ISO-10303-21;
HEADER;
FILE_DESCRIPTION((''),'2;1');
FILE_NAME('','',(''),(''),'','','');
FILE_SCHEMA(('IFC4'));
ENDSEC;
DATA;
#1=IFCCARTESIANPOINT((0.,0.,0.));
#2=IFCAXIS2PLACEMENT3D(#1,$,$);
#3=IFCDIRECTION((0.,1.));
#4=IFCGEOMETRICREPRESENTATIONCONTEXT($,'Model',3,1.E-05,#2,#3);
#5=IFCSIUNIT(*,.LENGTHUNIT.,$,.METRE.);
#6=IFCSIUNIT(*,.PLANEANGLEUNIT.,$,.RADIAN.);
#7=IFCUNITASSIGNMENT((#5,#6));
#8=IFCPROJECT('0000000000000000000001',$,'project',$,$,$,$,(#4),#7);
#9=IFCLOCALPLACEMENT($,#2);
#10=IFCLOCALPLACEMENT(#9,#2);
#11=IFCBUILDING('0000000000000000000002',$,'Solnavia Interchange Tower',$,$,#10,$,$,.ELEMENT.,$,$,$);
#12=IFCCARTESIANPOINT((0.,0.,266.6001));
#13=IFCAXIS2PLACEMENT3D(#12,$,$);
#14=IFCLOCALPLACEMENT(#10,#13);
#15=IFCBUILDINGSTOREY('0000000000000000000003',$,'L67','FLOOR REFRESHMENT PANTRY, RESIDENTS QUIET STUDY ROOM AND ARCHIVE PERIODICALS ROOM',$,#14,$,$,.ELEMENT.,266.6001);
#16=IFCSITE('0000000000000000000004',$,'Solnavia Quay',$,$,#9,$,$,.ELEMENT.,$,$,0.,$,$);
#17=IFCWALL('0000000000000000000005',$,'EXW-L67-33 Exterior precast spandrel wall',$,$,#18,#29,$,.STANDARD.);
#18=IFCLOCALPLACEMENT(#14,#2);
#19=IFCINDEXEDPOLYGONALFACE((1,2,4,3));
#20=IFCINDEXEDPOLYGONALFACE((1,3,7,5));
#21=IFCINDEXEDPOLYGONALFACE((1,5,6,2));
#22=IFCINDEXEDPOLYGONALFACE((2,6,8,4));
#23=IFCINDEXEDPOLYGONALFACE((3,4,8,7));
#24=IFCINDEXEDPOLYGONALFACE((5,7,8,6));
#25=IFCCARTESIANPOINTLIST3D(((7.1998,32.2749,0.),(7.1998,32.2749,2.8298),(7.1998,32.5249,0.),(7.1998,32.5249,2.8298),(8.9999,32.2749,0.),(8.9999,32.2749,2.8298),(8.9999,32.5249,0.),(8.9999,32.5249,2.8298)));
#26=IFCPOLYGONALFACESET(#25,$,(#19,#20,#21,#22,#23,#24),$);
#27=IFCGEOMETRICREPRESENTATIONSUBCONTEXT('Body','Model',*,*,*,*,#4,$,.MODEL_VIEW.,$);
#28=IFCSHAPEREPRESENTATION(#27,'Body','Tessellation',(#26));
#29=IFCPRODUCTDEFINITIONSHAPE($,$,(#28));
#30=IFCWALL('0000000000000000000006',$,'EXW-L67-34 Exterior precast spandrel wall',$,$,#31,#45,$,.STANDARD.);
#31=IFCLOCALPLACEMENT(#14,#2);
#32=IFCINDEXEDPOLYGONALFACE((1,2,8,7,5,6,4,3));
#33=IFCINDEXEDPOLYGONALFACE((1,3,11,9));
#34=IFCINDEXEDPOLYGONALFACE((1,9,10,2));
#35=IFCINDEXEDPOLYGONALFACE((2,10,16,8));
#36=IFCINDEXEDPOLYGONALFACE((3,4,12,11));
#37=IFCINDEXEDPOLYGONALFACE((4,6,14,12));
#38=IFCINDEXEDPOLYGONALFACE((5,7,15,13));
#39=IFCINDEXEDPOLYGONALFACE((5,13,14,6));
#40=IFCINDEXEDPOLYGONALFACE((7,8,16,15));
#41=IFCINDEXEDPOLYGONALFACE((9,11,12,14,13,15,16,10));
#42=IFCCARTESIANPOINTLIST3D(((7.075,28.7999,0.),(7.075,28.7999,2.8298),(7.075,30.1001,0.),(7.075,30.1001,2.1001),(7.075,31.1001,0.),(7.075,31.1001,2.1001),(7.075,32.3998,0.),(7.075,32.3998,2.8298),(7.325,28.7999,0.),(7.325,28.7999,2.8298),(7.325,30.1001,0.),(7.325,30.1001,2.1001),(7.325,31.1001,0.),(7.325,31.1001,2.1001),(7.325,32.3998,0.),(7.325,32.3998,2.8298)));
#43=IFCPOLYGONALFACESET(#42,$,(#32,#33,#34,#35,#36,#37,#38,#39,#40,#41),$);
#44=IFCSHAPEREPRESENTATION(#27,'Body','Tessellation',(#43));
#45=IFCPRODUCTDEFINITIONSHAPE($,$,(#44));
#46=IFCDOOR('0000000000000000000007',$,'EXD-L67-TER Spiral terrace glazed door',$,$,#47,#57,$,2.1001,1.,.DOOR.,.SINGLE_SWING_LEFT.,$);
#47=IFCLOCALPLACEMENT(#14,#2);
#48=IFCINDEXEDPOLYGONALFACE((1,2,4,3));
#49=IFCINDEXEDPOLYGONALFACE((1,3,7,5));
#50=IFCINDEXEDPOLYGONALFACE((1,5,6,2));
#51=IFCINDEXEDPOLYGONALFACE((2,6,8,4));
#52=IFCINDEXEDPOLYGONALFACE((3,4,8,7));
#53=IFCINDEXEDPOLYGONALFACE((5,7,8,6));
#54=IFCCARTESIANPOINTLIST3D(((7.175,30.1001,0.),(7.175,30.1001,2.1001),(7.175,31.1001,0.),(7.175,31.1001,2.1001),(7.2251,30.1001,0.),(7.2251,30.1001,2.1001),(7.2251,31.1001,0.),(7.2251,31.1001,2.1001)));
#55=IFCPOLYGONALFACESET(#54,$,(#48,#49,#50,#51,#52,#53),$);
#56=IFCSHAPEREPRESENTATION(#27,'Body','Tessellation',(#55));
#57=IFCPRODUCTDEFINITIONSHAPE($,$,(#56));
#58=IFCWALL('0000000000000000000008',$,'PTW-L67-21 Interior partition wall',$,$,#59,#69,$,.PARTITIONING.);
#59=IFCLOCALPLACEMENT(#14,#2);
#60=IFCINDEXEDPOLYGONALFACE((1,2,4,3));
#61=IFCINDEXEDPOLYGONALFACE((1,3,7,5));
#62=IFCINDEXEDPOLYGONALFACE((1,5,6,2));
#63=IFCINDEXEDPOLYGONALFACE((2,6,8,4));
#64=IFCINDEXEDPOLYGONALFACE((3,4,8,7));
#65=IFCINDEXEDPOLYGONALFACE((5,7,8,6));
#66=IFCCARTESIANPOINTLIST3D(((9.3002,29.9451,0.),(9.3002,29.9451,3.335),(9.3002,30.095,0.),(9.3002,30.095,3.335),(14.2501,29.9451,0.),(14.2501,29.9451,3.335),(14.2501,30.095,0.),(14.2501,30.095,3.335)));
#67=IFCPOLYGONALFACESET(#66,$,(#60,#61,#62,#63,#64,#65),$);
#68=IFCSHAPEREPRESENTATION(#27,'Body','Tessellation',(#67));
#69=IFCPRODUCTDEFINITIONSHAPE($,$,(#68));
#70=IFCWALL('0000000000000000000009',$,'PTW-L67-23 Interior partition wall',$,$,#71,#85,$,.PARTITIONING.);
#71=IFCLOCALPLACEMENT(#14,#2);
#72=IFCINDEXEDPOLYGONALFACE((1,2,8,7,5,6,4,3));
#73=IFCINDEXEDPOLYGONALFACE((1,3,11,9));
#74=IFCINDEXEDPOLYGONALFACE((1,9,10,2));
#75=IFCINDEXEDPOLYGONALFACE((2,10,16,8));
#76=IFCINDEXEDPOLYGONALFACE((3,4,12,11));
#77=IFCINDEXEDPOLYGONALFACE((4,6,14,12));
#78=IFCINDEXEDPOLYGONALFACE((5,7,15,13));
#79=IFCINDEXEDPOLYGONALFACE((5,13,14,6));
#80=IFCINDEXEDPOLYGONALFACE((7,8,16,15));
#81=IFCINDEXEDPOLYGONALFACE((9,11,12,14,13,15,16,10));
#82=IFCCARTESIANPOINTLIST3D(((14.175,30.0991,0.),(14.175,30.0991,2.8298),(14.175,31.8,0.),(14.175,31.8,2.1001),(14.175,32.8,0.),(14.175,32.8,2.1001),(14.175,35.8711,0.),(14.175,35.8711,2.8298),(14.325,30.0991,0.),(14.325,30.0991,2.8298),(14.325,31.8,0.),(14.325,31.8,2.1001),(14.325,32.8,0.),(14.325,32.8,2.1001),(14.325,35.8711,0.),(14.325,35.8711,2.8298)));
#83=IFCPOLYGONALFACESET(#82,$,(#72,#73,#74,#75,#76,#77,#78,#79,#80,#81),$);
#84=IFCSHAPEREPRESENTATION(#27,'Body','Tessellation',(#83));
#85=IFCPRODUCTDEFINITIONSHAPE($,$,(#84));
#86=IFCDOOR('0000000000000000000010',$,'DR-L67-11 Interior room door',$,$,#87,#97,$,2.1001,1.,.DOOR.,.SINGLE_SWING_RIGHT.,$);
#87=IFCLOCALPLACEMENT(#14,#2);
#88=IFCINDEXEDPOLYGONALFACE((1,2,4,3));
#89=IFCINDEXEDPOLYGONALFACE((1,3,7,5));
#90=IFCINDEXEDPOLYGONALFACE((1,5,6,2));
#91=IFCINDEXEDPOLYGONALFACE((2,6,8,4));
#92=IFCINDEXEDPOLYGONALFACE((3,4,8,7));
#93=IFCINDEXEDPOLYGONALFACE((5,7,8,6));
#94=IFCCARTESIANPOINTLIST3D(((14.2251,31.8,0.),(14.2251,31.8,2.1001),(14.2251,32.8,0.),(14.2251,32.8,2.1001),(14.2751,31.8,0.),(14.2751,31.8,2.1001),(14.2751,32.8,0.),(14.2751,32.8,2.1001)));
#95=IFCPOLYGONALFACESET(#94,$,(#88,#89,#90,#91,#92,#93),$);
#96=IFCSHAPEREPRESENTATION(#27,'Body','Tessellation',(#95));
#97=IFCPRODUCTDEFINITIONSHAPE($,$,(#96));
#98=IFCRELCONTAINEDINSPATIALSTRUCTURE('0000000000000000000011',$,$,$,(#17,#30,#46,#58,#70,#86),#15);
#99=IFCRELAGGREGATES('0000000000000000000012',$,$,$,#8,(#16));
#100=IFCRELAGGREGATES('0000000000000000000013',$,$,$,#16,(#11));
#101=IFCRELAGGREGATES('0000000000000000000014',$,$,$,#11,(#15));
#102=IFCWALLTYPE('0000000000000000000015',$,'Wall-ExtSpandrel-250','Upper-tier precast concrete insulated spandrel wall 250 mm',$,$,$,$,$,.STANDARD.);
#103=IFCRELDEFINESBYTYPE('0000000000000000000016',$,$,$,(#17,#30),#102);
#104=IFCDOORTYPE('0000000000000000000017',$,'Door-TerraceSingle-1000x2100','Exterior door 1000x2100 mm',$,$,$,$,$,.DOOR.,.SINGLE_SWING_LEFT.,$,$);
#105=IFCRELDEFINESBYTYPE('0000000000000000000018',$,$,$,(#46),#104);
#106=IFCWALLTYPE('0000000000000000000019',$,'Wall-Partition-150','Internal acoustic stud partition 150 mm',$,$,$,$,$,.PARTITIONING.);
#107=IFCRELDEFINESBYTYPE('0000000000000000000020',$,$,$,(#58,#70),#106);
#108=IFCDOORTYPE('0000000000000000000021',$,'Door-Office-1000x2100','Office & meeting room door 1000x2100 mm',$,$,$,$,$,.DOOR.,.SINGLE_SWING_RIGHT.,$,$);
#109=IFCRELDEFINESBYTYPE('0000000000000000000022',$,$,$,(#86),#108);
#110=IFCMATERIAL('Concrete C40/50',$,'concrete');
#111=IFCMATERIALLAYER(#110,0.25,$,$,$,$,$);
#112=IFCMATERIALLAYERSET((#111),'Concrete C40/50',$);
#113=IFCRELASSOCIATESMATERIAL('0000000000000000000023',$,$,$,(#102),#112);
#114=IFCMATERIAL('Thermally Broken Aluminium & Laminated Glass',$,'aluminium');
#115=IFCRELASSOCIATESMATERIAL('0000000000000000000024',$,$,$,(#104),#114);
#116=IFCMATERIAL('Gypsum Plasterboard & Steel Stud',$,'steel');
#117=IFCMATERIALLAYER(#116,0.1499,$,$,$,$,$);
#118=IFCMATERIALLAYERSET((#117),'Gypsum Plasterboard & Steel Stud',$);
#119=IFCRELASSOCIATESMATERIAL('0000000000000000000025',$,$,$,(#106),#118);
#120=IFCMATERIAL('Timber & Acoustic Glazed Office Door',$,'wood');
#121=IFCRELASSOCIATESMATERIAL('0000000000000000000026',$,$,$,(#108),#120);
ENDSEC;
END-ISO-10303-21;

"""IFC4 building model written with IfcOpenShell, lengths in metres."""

from ifc_helpers import new_model, si_unit, direction, frame, frame_2d, origin, place, context, subcontext, project, spatial, rectangle, extrude, material, layer, layer_set, type_object, element, fill, save


model = new_model("IFC4")

# Units and contexts
model_context = context("Model", 3, precision=1e-05, world=origin(), true_north=direction((0.0, 1.0)))
body_context = subcontext(model_context, "Body", "Model", "MODEL_VIEW")
ifc_project = project(units=[si_unit("LENGTHUNIT", "METRE"), si_unit("PLANEANGLEUNIT", "RADIAN")], contexts=[model_context])

# Site, building, storey
site_placement = place(None, origin())
site = spatial("IfcSite", under=ifc_project, at=site_placement, Name="Solnavia Quay", CompositionType="ELEMENT", RefElevation=0.0)
building_placement = place(site_placement, origin())
building = spatial("IfcBuilding", under=site, at=building_placement, Name="Solnavia Interchange Tower", CompositionType="ELEMENT")
storey_placement = place(building_placement, frame((0.0, 0.0, 266.6001)))
storey = spatial("IfcBuildingStorey", under=building, at=storey_placement, Name="L67", Description="FLOOR REFRESHMENT PANTRY, RESIDENTS QUIET STUDY ROOM AND ARCHIVE PERIODICALS ROOM", CompositionType="ELEMENT", Elevation=266.6001)

# Shared definitions
ifc_material_1 = material(Name="Concrete C40/50", Category="concrete")
ifc_layer_1 = layer(ifc_material_1, 0.25)
ifc_layer_set_1 = layer_set([ifc_layer_1], Name="Concrete C40/50")
wall_type_1 = type_object("IfcWallType", Name="Wall-ExtSpandrel-250", Description="Upper-tier precast concrete insulated spandrel wall 250 mm", PredefinedType="STANDARD", material=ifc_layer_set_1)

# Wall
wall_1_placement = place(storey_placement, frame((7.2, 32.3999, 0.0), z_axis=(0.0, 0.0, 1.0), x_axis=(1.0, 0.0, 0.0)))
element("IfcWall", 1, at=wall_1_placement, inside=storey, type_object=wall_type_1, Name="EXW-L67-33 Exterior precast spandrel wall", PredefinedType="STANDARD", context=body_context, shape_type="SweptSolid", body=[
    extrude(rectangle(XDim=1.8, YDim=0.25, at=frame_2d((0.8999, 0.0))), origin(), (0.0, 0.0, 1.0), 2.8298),
])

# Wall, opening, door
wall_2_placement = place(storey_placement, frame((7.2, 28.8, 0.0), z_axis=(0.0, 0.0, 1.0), x_axis=(0.0, 1.0, 0.0)))
wall_2 = element("IfcWall", 2, at=wall_2_placement, inside=storey, type_object=wall_type_1, Name="EXW-L67-34 Exterior precast spandrel wall", PredefinedType="STANDARD", context=body_context, shape_type="SweptSolid", body=[
    extrude(rectangle(XDim=3.5999, YDim=0.25, at=frame_2d((1.7998, 0.0))), origin(), (0.0, 0.0, 1.0), 2.8298),
])
opening_1_placement = place(wall_2_placement, frame((1.3, 0.0, 0.0)))
opening_1 = element("IfcOpeningElement", 3, at=opening_1_placement, cuts=wall_2, PredefinedType="OPENING", context=body_context, shape_type="SweptSolid", body=[
    extrude(rectangle(XDim=1.0, YDim=2.1001, at=frame_2d((0.5, 1.05))), frame((0.0, 0.135, 0.0), z_axis=(0.0, -1.0, 0.0), x_axis=(1.0, 0.0, 0.0)), (0.0, 0.0, 1.0), 0.27),
])
ifc_material_2 = material(Name="Thermally Broken Aluminium & Laminated Glass", Category="aluminium")
door_type_1 = type_object("IfcDoorType", Name="Door-TerraceSingle-1000x2100", Description="Exterior door 1000x2100 mm", OperationType="SINGLE_SWING_LEFT", PredefinedType="DOOR", material=ifc_material_2)
door_1_placement = place(opening_1_placement, origin())
door_1 = element("IfcDoor", 4, at=door_1_placement, inside=storey, type_object=door_type_1, Name="EXD-L67-TER Spiral terrace glazed door", OperationType="SINGLE_SWING_LEFT", OverallHeight=2.1001, OverallWidth=1.0, PredefinedType="DOOR", context=body_context, shape_type="SweptSolid", body=[
    extrude(rectangle(XDim=1.0, YDim=2.1001, at=frame_2d((0.5, 1.05))), frame((0.0, 0.0249, 0.0), z_axis=(0.0, -1.0, 0.0), x_axis=(1.0, 0.0, 0.0)), (0.0, 0.0, 1.0), 0.05),
])
fill(opening_1, door_1)

# Wall
ifc_material_3 = material(Name="Gypsum Plasterboard & Steel Stud", Category="steel")
ifc_layer_2 = layer(ifc_material_3, 0.1499)
ifc_layer_set_2 = layer_set([ifc_layer_2], Name="Gypsum Plasterboard & Steel Stud")
wall_type_2 = type_object("IfcWallType", Name="Wall-Partition-150", Description="Internal acoustic stud partition 150 mm", PredefinedType="PARTITIONING", material=ifc_layer_set_2)
wall_3_placement = place(storey_placement, frame((9.3, 30.02, 0.0), z_axis=(0.0, 0.0, 1.0), x_axis=(1.0, 0.0, 0.0)))
element("IfcWall", 5, at=wall_3_placement, inside=storey, type_object=wall_type_2, Name="PTW-L67-21 Interior partition wall", PredefinedType="PARTITIONING", context=body_context, shape_type="SweptSolid", body=[
    extrude(rectangle(XDim=4.95, YDim=0.1499, at=frame_2d((2.4751, 0.0))), origin(), (0.0, 0.0, 1.0), 3.335),
])

# Wall, opening, door
wall_4_placement = place(storey_placement, frame((14.25, 30.0991, 0.0), z_axis=(0.0, 0.0, 1.0), x_axis=(0.0, 1.0, 0.0)))
wall_4 = element("IfcWall", 6, at=wall_4_placement, inside=storey, type_object=wall_type_2, Name="PTW-L67-23 Interior partition wall", PredefinedType="PARTITIONING", context=body_context, shape_type="SweptSolid", body=[
    extrude(rectangle(XDim=5.772, YDim=0.1499, at=frame_2d((2.886, 0.0))), origin(), (0.0, 0.0, 1.0), 2.8298),
])
opening_2_placement = place(wall_4_placement, frame((1.7009, 0.0, 0.0)))
opening_2 = element("IfcOpeningElement", 7, at=opening_2_placement, cuts=wall_4, PredefinedType="OPENING", context=body_context, shape_type="SweptSolid", body=[
    extrude(rectangle(XDim=1.0, YDim=2.1001, at=frame_2d((0.5, 1.05))), frame((0.0, 0.085, 0.0), z_axis=(0.0, -1.0, 0.0), x_axis=(1.0, 0.0, 0.0)), (0.0, 0.0, 1.0), 0.1699),
])
ifc_material_4 = material(Name="Timber & Acoustic Glazed Office Door", Category="wood")
door_type_2 = type_object("IfcDoorType", Name="Door-Office-1000x2100", Description="Office & meeting room door 1000x2100 mm", OperationType="SINGLE_SWING_RIGHT", PredefinedType="DOOR", material=ifc_material_4)
door_2_placement = place(opening_2_placement, origin())
door_2 = element("IfcDoor", 8, at=door_2_placement, inside=storey, type_object=door_type_2, Name="DR-L67-11 Interior room door", OperationType="SINGLE_SWING_RIGHT", OverallHeight=2.1001, OverallWidth=1.0, PredefinedType="DOOR", context=body_context, shape_type="SweptSolid", body=[
    extrude(rectangle(XDim=1.0, YDim=2.1001, at=frame_2d((0.5, 1.05))), frame((0.0, 0.0249, 0.0), z_axis=(0.0, -1.0, 0.0), x_axis=(1.0, 0.0, 0.0)), (0.0, 0.0, 1.0), 0.05),
])
fill(opening_2, door_2)

save(model, "model.ifc")
